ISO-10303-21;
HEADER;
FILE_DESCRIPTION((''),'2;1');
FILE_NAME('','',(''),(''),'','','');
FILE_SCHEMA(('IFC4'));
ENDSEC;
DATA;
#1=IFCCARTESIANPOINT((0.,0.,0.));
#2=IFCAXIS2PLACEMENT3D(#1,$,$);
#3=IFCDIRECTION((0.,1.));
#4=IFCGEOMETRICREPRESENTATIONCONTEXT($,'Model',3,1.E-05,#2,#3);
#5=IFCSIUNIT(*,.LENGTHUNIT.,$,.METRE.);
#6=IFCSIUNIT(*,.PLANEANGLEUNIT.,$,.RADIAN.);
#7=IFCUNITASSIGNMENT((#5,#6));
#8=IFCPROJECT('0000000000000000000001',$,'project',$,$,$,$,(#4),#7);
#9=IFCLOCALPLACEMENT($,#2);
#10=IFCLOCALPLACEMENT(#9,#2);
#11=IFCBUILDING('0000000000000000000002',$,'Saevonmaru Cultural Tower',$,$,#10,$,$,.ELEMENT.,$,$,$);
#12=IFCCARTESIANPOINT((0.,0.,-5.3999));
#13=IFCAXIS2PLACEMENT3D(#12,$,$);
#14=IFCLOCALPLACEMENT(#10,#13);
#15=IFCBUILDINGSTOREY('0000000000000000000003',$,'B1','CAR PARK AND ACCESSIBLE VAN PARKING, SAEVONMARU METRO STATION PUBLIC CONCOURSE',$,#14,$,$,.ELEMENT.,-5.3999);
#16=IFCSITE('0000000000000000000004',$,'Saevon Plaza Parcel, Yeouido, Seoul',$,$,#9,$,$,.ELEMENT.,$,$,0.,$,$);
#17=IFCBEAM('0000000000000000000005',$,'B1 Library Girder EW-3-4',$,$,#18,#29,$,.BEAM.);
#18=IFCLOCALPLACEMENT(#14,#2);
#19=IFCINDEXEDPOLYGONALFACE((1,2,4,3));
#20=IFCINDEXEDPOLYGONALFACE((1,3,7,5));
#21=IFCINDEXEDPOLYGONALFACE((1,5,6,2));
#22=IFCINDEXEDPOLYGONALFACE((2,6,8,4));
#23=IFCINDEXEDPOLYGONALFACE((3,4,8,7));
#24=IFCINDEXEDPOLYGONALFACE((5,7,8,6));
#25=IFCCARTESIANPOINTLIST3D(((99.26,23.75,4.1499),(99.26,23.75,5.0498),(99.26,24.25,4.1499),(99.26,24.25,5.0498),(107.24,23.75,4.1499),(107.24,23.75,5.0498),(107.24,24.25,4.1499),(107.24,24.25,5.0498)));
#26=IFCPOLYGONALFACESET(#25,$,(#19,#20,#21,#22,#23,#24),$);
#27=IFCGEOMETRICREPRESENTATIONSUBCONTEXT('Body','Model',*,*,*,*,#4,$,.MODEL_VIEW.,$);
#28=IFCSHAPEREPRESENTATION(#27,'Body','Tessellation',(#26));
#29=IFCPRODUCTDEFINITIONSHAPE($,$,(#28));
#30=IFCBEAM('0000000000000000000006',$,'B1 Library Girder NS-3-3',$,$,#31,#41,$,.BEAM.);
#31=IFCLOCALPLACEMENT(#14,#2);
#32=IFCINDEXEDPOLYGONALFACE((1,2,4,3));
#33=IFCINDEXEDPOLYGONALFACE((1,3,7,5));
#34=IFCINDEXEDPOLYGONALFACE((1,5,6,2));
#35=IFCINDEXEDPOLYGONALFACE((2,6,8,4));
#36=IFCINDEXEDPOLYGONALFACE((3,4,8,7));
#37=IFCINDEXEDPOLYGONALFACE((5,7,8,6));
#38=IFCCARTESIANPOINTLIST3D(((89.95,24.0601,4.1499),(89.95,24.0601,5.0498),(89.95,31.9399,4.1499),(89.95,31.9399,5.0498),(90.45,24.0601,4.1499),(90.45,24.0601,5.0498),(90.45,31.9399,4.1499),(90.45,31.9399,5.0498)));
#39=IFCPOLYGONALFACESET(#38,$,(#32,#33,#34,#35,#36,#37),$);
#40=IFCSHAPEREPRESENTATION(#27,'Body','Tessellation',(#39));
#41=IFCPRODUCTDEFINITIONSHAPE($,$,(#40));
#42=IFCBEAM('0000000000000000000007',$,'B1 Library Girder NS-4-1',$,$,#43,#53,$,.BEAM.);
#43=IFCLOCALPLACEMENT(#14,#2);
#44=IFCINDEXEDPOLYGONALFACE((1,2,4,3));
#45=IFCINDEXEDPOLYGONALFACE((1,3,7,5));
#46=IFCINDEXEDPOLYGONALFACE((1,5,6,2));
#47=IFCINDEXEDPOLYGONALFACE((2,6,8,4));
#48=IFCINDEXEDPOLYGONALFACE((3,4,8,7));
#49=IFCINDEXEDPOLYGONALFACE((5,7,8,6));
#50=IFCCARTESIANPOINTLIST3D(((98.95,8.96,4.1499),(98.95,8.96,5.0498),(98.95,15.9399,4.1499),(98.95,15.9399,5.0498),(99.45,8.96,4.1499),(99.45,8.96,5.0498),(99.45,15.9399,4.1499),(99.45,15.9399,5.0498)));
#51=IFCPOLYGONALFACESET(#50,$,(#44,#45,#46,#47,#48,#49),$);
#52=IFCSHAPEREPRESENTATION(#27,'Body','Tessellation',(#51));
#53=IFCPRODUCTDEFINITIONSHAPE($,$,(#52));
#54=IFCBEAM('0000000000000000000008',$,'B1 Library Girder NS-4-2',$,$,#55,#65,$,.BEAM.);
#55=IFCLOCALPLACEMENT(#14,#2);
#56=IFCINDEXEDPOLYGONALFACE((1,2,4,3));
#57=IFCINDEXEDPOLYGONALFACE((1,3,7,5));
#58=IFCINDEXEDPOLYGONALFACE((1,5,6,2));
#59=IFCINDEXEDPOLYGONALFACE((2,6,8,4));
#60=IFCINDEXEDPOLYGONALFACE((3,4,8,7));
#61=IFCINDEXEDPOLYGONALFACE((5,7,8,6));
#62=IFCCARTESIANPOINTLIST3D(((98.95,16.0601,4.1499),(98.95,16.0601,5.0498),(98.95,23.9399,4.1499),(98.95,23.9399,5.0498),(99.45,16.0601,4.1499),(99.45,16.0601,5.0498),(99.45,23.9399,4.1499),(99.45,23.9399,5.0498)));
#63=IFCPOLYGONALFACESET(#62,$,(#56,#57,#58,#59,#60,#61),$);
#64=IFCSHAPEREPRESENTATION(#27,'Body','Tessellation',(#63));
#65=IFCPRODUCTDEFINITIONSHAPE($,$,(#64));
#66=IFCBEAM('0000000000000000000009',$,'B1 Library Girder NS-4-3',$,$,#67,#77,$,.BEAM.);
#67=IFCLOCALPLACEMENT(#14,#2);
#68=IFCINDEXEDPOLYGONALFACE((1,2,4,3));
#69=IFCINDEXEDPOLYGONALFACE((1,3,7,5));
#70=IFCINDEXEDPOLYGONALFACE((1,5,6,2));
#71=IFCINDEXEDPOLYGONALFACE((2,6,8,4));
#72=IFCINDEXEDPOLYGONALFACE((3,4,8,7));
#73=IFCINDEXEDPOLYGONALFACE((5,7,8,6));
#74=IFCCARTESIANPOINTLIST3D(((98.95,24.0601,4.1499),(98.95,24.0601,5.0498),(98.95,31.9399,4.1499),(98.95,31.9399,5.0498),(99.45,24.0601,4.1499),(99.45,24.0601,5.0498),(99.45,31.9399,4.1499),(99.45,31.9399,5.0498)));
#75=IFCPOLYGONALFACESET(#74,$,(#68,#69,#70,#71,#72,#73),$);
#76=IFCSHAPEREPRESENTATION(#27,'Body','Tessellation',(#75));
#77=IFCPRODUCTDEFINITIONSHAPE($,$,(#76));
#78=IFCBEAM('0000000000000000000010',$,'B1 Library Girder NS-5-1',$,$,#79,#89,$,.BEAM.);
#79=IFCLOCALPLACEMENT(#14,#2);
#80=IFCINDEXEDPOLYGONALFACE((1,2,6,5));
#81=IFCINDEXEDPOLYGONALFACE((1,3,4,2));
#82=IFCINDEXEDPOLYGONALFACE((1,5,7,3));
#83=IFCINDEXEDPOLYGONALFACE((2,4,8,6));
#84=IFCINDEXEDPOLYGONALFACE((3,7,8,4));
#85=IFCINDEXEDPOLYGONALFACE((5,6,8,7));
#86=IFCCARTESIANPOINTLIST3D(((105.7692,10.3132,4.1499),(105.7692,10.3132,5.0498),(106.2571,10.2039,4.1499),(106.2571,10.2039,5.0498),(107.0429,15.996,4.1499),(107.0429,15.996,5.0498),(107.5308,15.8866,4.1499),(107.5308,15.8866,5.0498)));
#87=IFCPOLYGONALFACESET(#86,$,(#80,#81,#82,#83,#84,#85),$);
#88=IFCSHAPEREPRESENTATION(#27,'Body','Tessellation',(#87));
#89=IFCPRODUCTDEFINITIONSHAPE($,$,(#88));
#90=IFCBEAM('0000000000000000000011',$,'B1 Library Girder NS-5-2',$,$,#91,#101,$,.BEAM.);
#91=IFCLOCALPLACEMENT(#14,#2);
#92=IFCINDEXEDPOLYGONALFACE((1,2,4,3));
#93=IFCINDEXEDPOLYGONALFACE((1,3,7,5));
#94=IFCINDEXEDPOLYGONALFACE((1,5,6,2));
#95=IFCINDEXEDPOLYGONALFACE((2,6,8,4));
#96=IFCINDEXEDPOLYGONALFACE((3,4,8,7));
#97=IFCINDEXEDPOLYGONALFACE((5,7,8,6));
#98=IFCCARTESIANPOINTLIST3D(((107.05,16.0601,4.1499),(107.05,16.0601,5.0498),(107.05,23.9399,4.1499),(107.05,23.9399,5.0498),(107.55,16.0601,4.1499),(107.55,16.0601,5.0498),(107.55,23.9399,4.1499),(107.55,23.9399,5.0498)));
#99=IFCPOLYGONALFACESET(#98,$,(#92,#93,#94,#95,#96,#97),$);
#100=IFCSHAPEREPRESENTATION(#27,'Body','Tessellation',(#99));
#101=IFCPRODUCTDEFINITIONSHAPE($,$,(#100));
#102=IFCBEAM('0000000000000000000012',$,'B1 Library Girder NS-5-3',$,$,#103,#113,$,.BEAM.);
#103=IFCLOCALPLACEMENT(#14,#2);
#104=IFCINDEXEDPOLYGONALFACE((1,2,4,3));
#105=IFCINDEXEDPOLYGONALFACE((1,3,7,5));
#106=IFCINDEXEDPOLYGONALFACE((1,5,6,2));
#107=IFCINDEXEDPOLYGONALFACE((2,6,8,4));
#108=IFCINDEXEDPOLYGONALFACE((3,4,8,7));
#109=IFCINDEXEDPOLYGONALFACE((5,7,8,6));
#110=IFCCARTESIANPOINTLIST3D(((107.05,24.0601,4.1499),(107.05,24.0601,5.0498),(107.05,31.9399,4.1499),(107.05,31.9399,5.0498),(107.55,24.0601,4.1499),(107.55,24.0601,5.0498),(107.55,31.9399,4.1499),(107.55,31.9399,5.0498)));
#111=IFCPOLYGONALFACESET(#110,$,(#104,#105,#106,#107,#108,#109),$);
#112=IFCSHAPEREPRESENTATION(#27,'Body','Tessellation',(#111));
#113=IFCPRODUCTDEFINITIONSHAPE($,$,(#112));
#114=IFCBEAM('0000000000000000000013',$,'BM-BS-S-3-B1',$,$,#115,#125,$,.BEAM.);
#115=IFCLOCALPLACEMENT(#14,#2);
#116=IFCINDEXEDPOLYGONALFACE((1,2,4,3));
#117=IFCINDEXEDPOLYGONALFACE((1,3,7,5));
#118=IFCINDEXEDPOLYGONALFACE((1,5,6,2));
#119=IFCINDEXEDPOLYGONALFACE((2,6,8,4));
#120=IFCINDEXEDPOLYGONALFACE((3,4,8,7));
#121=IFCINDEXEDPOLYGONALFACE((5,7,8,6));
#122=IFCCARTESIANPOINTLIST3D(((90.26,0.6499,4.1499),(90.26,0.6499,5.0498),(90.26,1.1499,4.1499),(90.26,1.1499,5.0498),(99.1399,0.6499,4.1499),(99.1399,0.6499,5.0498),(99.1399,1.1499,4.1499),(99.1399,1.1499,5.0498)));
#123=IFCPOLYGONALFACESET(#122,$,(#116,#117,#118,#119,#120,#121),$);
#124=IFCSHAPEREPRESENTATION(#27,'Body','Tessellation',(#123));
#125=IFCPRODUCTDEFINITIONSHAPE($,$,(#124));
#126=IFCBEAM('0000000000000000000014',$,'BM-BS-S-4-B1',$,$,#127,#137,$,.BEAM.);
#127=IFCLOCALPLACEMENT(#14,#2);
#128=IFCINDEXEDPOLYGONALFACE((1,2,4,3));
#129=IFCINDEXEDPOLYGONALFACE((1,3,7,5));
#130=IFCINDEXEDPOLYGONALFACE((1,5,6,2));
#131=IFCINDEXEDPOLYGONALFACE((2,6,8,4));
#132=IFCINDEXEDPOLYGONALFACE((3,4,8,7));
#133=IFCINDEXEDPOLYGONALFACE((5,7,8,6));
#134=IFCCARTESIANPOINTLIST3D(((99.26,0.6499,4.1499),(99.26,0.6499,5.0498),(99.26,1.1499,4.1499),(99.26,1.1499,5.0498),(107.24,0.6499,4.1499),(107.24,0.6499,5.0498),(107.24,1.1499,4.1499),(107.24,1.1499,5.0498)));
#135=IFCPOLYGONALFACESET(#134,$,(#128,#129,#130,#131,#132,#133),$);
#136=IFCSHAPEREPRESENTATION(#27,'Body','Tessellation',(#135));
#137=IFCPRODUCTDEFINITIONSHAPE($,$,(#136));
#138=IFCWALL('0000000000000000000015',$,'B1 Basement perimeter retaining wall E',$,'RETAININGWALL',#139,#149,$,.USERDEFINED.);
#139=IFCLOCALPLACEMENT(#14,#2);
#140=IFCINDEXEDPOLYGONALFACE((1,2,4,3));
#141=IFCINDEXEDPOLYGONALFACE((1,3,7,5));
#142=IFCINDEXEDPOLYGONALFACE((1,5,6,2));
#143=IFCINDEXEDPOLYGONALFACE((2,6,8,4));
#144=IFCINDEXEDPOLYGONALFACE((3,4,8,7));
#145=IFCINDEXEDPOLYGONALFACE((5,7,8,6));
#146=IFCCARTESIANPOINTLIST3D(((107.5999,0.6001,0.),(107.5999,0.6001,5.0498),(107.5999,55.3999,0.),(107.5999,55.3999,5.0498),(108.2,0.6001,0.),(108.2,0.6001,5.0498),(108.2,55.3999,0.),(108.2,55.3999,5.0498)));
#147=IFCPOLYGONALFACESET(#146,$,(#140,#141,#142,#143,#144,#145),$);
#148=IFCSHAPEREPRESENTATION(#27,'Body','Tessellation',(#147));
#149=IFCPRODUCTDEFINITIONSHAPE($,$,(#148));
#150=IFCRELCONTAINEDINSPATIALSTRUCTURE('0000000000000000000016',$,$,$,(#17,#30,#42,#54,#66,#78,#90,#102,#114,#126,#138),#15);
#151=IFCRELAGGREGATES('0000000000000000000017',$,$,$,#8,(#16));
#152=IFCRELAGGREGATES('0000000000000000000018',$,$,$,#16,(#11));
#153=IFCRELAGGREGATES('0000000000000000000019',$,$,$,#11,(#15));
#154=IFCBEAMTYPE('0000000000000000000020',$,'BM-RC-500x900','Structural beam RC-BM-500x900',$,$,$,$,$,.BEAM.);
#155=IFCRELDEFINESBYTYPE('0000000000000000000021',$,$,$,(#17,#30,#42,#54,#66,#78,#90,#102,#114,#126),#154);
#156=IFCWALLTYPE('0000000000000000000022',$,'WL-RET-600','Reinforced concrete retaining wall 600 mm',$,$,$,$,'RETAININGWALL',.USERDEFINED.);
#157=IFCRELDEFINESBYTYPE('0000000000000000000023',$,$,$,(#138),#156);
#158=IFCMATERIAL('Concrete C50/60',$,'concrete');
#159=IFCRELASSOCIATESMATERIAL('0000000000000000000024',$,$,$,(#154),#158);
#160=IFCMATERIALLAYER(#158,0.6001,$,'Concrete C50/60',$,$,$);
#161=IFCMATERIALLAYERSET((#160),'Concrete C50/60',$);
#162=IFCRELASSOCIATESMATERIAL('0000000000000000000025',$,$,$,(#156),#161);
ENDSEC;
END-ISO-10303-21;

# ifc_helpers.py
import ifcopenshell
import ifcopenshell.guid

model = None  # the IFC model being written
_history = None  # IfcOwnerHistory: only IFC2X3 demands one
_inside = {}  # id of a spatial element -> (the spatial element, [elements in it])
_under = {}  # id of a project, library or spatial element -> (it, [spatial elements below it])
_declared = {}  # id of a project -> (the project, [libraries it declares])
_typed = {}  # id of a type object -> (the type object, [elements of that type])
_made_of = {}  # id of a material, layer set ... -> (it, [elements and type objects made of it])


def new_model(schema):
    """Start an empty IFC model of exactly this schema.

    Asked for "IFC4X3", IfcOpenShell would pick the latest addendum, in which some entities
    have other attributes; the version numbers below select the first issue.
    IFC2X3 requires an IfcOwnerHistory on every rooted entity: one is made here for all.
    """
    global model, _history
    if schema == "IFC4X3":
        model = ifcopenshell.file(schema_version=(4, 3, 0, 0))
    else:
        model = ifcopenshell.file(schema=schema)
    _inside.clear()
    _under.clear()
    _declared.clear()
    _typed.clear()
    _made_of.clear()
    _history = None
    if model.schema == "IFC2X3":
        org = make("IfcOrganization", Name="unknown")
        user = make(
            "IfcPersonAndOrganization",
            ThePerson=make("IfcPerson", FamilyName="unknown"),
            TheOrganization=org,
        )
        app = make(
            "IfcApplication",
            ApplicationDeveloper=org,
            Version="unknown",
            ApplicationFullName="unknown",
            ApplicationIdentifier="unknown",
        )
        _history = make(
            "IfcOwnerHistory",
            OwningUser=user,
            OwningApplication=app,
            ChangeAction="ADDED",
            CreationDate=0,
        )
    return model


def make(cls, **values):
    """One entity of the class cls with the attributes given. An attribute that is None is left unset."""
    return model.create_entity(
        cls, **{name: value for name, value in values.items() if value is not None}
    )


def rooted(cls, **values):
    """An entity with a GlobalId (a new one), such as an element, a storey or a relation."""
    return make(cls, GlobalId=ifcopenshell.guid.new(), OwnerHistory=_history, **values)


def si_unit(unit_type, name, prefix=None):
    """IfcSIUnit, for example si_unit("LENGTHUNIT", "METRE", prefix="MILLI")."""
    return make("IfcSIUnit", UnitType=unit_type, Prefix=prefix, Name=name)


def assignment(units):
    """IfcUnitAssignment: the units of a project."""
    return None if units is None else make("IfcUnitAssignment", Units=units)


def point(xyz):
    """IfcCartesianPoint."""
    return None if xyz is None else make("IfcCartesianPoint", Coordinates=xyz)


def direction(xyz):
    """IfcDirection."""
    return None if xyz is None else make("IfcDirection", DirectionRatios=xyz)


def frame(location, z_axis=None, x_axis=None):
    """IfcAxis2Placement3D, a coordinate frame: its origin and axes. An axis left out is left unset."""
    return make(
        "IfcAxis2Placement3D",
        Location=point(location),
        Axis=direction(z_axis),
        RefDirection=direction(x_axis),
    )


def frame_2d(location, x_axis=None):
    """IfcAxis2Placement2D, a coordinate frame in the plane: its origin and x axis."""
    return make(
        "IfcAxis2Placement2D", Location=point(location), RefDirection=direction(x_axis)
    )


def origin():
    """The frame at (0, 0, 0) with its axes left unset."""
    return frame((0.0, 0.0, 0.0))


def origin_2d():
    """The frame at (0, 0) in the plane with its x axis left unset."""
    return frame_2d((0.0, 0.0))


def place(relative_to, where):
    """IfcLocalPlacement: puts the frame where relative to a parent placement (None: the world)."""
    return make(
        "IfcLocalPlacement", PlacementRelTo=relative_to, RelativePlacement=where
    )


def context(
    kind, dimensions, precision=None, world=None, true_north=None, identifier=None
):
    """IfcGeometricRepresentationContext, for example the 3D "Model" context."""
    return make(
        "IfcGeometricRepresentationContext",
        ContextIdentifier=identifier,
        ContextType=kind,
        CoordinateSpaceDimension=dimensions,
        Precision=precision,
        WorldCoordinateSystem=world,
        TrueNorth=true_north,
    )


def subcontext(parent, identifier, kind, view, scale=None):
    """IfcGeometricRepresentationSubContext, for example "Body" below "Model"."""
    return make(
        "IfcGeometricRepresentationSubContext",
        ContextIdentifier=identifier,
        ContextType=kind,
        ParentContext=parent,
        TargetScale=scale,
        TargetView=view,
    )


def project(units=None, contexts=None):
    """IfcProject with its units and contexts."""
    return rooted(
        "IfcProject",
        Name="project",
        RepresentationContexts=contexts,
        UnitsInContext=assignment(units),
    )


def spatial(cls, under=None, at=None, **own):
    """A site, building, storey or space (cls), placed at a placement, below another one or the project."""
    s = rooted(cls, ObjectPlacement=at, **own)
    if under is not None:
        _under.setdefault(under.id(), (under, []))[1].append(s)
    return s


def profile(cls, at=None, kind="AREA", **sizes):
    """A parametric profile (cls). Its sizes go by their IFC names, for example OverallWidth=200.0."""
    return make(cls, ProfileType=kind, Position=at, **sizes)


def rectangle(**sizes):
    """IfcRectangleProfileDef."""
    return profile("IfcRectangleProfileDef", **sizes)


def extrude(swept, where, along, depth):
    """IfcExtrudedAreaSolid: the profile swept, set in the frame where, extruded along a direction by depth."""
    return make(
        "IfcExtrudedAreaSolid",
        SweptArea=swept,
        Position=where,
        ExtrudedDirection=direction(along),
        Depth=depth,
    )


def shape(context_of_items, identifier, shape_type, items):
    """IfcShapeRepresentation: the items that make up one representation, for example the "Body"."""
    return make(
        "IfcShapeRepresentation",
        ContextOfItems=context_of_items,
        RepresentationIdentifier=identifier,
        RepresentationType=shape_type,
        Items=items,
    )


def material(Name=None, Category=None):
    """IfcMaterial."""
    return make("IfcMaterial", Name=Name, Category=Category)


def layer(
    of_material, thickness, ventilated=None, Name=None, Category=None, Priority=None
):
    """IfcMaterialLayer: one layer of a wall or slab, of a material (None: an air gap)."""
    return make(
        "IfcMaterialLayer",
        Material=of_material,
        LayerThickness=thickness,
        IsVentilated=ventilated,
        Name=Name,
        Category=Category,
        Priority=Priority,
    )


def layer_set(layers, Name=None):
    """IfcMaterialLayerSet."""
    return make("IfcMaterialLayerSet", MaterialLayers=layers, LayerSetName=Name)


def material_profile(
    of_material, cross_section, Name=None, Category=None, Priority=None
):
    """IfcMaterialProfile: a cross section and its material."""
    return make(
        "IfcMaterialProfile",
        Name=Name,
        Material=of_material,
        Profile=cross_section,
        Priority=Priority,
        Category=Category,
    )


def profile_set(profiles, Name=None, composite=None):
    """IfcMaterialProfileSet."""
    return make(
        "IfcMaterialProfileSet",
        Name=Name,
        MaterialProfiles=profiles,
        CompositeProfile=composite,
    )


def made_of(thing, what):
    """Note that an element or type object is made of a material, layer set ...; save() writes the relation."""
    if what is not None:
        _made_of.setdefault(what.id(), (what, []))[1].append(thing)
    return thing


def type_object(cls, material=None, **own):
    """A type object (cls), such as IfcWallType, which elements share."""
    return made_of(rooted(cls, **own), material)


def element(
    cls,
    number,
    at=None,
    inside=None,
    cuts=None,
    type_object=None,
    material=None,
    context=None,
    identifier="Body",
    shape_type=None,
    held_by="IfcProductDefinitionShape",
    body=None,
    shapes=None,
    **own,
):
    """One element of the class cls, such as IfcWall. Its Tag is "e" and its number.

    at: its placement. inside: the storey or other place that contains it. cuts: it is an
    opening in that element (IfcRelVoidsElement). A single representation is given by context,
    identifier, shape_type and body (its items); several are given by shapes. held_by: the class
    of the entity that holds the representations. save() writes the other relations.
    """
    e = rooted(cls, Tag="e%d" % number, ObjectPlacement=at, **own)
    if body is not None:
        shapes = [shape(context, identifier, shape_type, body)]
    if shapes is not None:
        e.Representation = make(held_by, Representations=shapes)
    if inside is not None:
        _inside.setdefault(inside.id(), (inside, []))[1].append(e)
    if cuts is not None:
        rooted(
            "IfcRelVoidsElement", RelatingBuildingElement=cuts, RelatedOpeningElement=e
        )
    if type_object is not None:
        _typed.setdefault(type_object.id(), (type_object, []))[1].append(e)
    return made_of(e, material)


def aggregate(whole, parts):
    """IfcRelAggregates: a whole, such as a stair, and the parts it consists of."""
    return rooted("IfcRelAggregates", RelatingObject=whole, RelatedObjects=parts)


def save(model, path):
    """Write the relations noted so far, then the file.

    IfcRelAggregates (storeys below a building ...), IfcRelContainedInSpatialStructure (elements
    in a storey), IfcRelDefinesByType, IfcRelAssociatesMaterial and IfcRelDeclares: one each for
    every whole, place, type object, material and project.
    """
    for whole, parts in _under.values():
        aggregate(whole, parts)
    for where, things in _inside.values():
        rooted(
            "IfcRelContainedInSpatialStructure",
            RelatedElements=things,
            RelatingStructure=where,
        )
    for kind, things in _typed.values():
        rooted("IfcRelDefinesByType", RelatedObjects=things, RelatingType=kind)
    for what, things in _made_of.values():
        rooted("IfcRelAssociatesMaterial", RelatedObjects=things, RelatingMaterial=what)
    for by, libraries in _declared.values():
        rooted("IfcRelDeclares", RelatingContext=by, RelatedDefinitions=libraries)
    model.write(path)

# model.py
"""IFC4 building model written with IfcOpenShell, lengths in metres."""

from ifc_helpers import new_model, si_unit, direction, frame, frame_2d, origin, origin_2d, place, context, subcontext, project, spatial, rectangle, extrude, material, layer, layer_set, material_profile, profile_set, type_object, element, save


model = new_model("IFC4")

# Units and contexts
model_context = context("Model", 3, precision=1e-05, world=origin(), true_north=direction((0.0, 1.0)))
body_context = subcontext(model_context, "Body", "Model", "MODEL_VIEW")
ifc_project = project(units=[si_unit("LENGTHUNIT", "METRE"), si_unit("PLANEANGLEUNIT", "RADIAN")], contexts=[model_context])

# Site, building, storey
site_placement = place(None, origin())
site = spatial("IfcSite", under=ifc_project, at=site_placement, Name="Saevon Plaza Parcel, Yeouido, Seoul", CompositionType="ELEMENT", RefElevation=0.0)
building_placement = place(site_placement, origin())
building = spatial("IfcBuilding", under=site, at=building_placement, Name="Saevonmaru Cultural Tower", CompositionType="ELEMENT")
storey_placement = place(building_placement, frame((0.0, 0.0, -5.3999)))
storey = spatial("IfcBuildingStorey", under=building, at=storey_placement, Name="B1", Description="CAR PARK AND ACCESSIBLE VAN PARKING, SAEVONMARU METRO STATION PUBLIC CONCOURSE", CompositionType="ELEMENT", Elevation=-5.3999)

# Shared definitions
ifc_material_1 = material(Name="Concrete C50/60", Category="concrete")

# Beams
ifc_material_profile_1 = material_profile(ifc_material_1, rectangle(XDim=0.5, YDim=0.8999, at=origin_2d()), Name="RC-BM-500x900")
ifc_profile_set_1 = profile_set([ifc_material_profile_1], Name="Concrete C50/60")
beam_type_1 = type_object("IfcBeamType", Name="BM-RC-500x900", Description="Structural beam RC-BM-500x900", PredefinedType="BEAM", material=ifc_profile_set_1)
beam_1_placement = place(storey_placement, frame((99.26, 24.0, 4.5999), z_axis=(1.0, 0.0, 0.0), x_axis=(0.0, 1.0, 0.0)))
element("IfcBeam", 1, at=beam_1_placement, inside=storey, type_object=beam_type_1, Name="B1 Library Girder EW-3-4", PredefinedType="BEAM", context=body_context, shape_type="SweptSolid", body=[
    extrude(rectangle(XDim=0.5, YDim=0.8999, at=origin_2d()), origin(), (0.0, 0.0, 1.0), 7.98),
])
beam_2_placement = place(storey_placement, frame((90.2, 24.0601, 4.5999), z_axis=(0.0, 1.0, 0.0), x_axis=(-1.0, 0.0, 0.0)))
element("IfcBeam", 2, at=beam_2_placement, inside=storey, type_object=beam_type_1, Name="B1 Library Girder NS-3-3", PredefinedType="BEAM", context=body_context, shape_type="SweptSolid", body=[
    extrude(rectangle(XDim=0.5, YDim=0.8999, at=origin_2d()), origin(), (0.0, 0.0, 1.0), 7.8799),
])
beam_3_placement = place(storey_placement, frame((99.2, 8.96, 4.5999), z_axis=(0.0, 1.0, 0.0), x_axis=(-1.0, 0.0, 0.0)))
element("IfcBeam", 3, at=beam_3_placement, inside=storey, type_object=beam_type_1, Name="B1 Library Girder NS-4-1", PredefinedType="BEAM", context=body_context, shape_type="SweptSolid", body=[
    extrude(rectangle(XDim=0.5, YDim=0.8999, at=origin_2d()), origin(), (0.0, 0.0, 1.0), 6.98),
])
for number, where, z_axis, x_axis, name in (
    (4, (99.2, 16.0601, 4.5999), (0.0, 1.0, 0.0), (-1.0, 0.0, 0.0), "B1 Library Girder NS-4-2"),
    (5, (99.2, 24.0601, 4.5999), (0.0, 1.0, 0.0), (-1.0, 0.0, 0.0), "B1 Library Girder NS-4-3"),
):
    element("IfcBeam", number, at=place(storey_placement, frame(where, z_axis=z_axis, x_axis=x_axis)), inside=storey, type_object=beam_type_1, Name=name, PredefinedType="BEAM", context=body_context, shape_type="SweptSolid", body=[
        extrude(rectangle(XDim=0.5, YDim=0.8999, at=origin_2d()), origin(), (0.0, 0.0, 1.0), 7.8799),
    ])
beam_4_placement = place(storey_placement, frame((106.0132, 10.2585, 4.5999), z_axis=(0.218701, 0.975792, 0.0), x_axis=(-0.975792, 0.218701, 0.0)))
element("IfcBeam", 6, at=beam_4_placement, inside=storey, type_object=beam_type_1, Name="B1 Library Girder NS-5-1", PredefinedType="BEAM", context=body_context, shape_type="SweptSolid", body=[
    extrude(rectangle(XDim=0.5, YDim=0.8999, at=origin_2d()), origin(), (0.0, 0.0, 1.0), 5.8237),
])
for number, where, z_axis, x_axis, name in (
    (7, (107.3, 16.0601, 4.5999), (0.0, 1.0, 0.0), (-1.0, 0.0, 0.0), "B1 Library Girder NS-5-2"),
    (8, (107.3, 24.0601, 4.5999), (0.0, 1.0, 0.0), (-1.0, 0.0, 0.0), "B1 Library Girder NS-5-3"),
):
    element("IfcBeam", number, at=place(storey_placement, frame(where, z_axis=z_axis, x_axis=x_axis)), inside=storey, type_object=beam_type_1, Name=name, PredefinedType="BEAM", context=body_context, shape_type="SweptSolid", body=[
        extrude(rectangle(XDim=0.5, YDim=0.8999, at=origin_2d()), origin(), (0.0, 0.0, 1.0), 7.8799),
    ])
beam_5_placement = place(storey_placement, frame((90.26, 0.8999, 4.5999), z_axis=(1.0, 0.0, 0.0), x_axis=(0.0, 1.0, 0.0)))
element("IfcBeam", 9, at=beam_5_placement, inside=storey, type_object=beam_type_1, Name="BM-BS-S-3-B1", PredefinedType="BEAM", context=body_context, shape_type="SweptSolid", body=[
    extrude(rectangle(XDim=0.5, YDim=0.8999, at=origin_2d()), origin(), (0.0, 0.0, 1.0), 8.8799),
])
beam_6_placement = place(storey_placement, frame((99.26, 0.8999, 4.5999), z_axis=(1.0, 0.0, 0.0), x_axis=(0.0, 1.0, 0.0)))
element("IfcBeam", 10, at=beam_6_placement, inside=storey, type_object=beam_type_1, Name="BM-BS-S-4-B1", PredefinedType="BEAM", context=body_context, shape_type="SweptSolid", body=[
    extrude(rectangle(XDim=0.5, YDim=0.8999, at=origin_2d()), origin(), (0.0, 0.0, 1.0), 7.98),
])

# Wall
ifc_layer = layer(ifc_material_1, 0.6001, Name="Concrete C50/60")
ifc_layer_set = layer_set([ifc_layer], Name="Concrete C50/60")
wall_type = type_object("IfcWallType", Name="WL-RET-600", Description="Reinforced concrete retaining wall 600 mm", ElementType="RETAININGWALL", PredefinedType="USERDEFINED", material=ifc_layer_set)
wall_placement = place(storey_placement, frame((107.8999, 0.6001, 0.0), z_axis=(0.0, 0.0, 1.0), x_axis=(0.0, 1.0, 0.0)))
element("IfcWall", 11, at=wall_placement, inside=storey, type_object=wall_type, Name="B1 Basement perimeter retaining wall E", ObjectType="RETAININGWALL", PredefinedType="USERDEFINED", context=body_context, shape_type="SweptSolid", body=[
    extrude(rectangle(XDim=54.7998, YDim=0.6001, at=frame_2d((27.3999, 0.0))), origin(), (0.0, 0.0, 1.0), 5.0498),
])

save(model, "model.ifc")
